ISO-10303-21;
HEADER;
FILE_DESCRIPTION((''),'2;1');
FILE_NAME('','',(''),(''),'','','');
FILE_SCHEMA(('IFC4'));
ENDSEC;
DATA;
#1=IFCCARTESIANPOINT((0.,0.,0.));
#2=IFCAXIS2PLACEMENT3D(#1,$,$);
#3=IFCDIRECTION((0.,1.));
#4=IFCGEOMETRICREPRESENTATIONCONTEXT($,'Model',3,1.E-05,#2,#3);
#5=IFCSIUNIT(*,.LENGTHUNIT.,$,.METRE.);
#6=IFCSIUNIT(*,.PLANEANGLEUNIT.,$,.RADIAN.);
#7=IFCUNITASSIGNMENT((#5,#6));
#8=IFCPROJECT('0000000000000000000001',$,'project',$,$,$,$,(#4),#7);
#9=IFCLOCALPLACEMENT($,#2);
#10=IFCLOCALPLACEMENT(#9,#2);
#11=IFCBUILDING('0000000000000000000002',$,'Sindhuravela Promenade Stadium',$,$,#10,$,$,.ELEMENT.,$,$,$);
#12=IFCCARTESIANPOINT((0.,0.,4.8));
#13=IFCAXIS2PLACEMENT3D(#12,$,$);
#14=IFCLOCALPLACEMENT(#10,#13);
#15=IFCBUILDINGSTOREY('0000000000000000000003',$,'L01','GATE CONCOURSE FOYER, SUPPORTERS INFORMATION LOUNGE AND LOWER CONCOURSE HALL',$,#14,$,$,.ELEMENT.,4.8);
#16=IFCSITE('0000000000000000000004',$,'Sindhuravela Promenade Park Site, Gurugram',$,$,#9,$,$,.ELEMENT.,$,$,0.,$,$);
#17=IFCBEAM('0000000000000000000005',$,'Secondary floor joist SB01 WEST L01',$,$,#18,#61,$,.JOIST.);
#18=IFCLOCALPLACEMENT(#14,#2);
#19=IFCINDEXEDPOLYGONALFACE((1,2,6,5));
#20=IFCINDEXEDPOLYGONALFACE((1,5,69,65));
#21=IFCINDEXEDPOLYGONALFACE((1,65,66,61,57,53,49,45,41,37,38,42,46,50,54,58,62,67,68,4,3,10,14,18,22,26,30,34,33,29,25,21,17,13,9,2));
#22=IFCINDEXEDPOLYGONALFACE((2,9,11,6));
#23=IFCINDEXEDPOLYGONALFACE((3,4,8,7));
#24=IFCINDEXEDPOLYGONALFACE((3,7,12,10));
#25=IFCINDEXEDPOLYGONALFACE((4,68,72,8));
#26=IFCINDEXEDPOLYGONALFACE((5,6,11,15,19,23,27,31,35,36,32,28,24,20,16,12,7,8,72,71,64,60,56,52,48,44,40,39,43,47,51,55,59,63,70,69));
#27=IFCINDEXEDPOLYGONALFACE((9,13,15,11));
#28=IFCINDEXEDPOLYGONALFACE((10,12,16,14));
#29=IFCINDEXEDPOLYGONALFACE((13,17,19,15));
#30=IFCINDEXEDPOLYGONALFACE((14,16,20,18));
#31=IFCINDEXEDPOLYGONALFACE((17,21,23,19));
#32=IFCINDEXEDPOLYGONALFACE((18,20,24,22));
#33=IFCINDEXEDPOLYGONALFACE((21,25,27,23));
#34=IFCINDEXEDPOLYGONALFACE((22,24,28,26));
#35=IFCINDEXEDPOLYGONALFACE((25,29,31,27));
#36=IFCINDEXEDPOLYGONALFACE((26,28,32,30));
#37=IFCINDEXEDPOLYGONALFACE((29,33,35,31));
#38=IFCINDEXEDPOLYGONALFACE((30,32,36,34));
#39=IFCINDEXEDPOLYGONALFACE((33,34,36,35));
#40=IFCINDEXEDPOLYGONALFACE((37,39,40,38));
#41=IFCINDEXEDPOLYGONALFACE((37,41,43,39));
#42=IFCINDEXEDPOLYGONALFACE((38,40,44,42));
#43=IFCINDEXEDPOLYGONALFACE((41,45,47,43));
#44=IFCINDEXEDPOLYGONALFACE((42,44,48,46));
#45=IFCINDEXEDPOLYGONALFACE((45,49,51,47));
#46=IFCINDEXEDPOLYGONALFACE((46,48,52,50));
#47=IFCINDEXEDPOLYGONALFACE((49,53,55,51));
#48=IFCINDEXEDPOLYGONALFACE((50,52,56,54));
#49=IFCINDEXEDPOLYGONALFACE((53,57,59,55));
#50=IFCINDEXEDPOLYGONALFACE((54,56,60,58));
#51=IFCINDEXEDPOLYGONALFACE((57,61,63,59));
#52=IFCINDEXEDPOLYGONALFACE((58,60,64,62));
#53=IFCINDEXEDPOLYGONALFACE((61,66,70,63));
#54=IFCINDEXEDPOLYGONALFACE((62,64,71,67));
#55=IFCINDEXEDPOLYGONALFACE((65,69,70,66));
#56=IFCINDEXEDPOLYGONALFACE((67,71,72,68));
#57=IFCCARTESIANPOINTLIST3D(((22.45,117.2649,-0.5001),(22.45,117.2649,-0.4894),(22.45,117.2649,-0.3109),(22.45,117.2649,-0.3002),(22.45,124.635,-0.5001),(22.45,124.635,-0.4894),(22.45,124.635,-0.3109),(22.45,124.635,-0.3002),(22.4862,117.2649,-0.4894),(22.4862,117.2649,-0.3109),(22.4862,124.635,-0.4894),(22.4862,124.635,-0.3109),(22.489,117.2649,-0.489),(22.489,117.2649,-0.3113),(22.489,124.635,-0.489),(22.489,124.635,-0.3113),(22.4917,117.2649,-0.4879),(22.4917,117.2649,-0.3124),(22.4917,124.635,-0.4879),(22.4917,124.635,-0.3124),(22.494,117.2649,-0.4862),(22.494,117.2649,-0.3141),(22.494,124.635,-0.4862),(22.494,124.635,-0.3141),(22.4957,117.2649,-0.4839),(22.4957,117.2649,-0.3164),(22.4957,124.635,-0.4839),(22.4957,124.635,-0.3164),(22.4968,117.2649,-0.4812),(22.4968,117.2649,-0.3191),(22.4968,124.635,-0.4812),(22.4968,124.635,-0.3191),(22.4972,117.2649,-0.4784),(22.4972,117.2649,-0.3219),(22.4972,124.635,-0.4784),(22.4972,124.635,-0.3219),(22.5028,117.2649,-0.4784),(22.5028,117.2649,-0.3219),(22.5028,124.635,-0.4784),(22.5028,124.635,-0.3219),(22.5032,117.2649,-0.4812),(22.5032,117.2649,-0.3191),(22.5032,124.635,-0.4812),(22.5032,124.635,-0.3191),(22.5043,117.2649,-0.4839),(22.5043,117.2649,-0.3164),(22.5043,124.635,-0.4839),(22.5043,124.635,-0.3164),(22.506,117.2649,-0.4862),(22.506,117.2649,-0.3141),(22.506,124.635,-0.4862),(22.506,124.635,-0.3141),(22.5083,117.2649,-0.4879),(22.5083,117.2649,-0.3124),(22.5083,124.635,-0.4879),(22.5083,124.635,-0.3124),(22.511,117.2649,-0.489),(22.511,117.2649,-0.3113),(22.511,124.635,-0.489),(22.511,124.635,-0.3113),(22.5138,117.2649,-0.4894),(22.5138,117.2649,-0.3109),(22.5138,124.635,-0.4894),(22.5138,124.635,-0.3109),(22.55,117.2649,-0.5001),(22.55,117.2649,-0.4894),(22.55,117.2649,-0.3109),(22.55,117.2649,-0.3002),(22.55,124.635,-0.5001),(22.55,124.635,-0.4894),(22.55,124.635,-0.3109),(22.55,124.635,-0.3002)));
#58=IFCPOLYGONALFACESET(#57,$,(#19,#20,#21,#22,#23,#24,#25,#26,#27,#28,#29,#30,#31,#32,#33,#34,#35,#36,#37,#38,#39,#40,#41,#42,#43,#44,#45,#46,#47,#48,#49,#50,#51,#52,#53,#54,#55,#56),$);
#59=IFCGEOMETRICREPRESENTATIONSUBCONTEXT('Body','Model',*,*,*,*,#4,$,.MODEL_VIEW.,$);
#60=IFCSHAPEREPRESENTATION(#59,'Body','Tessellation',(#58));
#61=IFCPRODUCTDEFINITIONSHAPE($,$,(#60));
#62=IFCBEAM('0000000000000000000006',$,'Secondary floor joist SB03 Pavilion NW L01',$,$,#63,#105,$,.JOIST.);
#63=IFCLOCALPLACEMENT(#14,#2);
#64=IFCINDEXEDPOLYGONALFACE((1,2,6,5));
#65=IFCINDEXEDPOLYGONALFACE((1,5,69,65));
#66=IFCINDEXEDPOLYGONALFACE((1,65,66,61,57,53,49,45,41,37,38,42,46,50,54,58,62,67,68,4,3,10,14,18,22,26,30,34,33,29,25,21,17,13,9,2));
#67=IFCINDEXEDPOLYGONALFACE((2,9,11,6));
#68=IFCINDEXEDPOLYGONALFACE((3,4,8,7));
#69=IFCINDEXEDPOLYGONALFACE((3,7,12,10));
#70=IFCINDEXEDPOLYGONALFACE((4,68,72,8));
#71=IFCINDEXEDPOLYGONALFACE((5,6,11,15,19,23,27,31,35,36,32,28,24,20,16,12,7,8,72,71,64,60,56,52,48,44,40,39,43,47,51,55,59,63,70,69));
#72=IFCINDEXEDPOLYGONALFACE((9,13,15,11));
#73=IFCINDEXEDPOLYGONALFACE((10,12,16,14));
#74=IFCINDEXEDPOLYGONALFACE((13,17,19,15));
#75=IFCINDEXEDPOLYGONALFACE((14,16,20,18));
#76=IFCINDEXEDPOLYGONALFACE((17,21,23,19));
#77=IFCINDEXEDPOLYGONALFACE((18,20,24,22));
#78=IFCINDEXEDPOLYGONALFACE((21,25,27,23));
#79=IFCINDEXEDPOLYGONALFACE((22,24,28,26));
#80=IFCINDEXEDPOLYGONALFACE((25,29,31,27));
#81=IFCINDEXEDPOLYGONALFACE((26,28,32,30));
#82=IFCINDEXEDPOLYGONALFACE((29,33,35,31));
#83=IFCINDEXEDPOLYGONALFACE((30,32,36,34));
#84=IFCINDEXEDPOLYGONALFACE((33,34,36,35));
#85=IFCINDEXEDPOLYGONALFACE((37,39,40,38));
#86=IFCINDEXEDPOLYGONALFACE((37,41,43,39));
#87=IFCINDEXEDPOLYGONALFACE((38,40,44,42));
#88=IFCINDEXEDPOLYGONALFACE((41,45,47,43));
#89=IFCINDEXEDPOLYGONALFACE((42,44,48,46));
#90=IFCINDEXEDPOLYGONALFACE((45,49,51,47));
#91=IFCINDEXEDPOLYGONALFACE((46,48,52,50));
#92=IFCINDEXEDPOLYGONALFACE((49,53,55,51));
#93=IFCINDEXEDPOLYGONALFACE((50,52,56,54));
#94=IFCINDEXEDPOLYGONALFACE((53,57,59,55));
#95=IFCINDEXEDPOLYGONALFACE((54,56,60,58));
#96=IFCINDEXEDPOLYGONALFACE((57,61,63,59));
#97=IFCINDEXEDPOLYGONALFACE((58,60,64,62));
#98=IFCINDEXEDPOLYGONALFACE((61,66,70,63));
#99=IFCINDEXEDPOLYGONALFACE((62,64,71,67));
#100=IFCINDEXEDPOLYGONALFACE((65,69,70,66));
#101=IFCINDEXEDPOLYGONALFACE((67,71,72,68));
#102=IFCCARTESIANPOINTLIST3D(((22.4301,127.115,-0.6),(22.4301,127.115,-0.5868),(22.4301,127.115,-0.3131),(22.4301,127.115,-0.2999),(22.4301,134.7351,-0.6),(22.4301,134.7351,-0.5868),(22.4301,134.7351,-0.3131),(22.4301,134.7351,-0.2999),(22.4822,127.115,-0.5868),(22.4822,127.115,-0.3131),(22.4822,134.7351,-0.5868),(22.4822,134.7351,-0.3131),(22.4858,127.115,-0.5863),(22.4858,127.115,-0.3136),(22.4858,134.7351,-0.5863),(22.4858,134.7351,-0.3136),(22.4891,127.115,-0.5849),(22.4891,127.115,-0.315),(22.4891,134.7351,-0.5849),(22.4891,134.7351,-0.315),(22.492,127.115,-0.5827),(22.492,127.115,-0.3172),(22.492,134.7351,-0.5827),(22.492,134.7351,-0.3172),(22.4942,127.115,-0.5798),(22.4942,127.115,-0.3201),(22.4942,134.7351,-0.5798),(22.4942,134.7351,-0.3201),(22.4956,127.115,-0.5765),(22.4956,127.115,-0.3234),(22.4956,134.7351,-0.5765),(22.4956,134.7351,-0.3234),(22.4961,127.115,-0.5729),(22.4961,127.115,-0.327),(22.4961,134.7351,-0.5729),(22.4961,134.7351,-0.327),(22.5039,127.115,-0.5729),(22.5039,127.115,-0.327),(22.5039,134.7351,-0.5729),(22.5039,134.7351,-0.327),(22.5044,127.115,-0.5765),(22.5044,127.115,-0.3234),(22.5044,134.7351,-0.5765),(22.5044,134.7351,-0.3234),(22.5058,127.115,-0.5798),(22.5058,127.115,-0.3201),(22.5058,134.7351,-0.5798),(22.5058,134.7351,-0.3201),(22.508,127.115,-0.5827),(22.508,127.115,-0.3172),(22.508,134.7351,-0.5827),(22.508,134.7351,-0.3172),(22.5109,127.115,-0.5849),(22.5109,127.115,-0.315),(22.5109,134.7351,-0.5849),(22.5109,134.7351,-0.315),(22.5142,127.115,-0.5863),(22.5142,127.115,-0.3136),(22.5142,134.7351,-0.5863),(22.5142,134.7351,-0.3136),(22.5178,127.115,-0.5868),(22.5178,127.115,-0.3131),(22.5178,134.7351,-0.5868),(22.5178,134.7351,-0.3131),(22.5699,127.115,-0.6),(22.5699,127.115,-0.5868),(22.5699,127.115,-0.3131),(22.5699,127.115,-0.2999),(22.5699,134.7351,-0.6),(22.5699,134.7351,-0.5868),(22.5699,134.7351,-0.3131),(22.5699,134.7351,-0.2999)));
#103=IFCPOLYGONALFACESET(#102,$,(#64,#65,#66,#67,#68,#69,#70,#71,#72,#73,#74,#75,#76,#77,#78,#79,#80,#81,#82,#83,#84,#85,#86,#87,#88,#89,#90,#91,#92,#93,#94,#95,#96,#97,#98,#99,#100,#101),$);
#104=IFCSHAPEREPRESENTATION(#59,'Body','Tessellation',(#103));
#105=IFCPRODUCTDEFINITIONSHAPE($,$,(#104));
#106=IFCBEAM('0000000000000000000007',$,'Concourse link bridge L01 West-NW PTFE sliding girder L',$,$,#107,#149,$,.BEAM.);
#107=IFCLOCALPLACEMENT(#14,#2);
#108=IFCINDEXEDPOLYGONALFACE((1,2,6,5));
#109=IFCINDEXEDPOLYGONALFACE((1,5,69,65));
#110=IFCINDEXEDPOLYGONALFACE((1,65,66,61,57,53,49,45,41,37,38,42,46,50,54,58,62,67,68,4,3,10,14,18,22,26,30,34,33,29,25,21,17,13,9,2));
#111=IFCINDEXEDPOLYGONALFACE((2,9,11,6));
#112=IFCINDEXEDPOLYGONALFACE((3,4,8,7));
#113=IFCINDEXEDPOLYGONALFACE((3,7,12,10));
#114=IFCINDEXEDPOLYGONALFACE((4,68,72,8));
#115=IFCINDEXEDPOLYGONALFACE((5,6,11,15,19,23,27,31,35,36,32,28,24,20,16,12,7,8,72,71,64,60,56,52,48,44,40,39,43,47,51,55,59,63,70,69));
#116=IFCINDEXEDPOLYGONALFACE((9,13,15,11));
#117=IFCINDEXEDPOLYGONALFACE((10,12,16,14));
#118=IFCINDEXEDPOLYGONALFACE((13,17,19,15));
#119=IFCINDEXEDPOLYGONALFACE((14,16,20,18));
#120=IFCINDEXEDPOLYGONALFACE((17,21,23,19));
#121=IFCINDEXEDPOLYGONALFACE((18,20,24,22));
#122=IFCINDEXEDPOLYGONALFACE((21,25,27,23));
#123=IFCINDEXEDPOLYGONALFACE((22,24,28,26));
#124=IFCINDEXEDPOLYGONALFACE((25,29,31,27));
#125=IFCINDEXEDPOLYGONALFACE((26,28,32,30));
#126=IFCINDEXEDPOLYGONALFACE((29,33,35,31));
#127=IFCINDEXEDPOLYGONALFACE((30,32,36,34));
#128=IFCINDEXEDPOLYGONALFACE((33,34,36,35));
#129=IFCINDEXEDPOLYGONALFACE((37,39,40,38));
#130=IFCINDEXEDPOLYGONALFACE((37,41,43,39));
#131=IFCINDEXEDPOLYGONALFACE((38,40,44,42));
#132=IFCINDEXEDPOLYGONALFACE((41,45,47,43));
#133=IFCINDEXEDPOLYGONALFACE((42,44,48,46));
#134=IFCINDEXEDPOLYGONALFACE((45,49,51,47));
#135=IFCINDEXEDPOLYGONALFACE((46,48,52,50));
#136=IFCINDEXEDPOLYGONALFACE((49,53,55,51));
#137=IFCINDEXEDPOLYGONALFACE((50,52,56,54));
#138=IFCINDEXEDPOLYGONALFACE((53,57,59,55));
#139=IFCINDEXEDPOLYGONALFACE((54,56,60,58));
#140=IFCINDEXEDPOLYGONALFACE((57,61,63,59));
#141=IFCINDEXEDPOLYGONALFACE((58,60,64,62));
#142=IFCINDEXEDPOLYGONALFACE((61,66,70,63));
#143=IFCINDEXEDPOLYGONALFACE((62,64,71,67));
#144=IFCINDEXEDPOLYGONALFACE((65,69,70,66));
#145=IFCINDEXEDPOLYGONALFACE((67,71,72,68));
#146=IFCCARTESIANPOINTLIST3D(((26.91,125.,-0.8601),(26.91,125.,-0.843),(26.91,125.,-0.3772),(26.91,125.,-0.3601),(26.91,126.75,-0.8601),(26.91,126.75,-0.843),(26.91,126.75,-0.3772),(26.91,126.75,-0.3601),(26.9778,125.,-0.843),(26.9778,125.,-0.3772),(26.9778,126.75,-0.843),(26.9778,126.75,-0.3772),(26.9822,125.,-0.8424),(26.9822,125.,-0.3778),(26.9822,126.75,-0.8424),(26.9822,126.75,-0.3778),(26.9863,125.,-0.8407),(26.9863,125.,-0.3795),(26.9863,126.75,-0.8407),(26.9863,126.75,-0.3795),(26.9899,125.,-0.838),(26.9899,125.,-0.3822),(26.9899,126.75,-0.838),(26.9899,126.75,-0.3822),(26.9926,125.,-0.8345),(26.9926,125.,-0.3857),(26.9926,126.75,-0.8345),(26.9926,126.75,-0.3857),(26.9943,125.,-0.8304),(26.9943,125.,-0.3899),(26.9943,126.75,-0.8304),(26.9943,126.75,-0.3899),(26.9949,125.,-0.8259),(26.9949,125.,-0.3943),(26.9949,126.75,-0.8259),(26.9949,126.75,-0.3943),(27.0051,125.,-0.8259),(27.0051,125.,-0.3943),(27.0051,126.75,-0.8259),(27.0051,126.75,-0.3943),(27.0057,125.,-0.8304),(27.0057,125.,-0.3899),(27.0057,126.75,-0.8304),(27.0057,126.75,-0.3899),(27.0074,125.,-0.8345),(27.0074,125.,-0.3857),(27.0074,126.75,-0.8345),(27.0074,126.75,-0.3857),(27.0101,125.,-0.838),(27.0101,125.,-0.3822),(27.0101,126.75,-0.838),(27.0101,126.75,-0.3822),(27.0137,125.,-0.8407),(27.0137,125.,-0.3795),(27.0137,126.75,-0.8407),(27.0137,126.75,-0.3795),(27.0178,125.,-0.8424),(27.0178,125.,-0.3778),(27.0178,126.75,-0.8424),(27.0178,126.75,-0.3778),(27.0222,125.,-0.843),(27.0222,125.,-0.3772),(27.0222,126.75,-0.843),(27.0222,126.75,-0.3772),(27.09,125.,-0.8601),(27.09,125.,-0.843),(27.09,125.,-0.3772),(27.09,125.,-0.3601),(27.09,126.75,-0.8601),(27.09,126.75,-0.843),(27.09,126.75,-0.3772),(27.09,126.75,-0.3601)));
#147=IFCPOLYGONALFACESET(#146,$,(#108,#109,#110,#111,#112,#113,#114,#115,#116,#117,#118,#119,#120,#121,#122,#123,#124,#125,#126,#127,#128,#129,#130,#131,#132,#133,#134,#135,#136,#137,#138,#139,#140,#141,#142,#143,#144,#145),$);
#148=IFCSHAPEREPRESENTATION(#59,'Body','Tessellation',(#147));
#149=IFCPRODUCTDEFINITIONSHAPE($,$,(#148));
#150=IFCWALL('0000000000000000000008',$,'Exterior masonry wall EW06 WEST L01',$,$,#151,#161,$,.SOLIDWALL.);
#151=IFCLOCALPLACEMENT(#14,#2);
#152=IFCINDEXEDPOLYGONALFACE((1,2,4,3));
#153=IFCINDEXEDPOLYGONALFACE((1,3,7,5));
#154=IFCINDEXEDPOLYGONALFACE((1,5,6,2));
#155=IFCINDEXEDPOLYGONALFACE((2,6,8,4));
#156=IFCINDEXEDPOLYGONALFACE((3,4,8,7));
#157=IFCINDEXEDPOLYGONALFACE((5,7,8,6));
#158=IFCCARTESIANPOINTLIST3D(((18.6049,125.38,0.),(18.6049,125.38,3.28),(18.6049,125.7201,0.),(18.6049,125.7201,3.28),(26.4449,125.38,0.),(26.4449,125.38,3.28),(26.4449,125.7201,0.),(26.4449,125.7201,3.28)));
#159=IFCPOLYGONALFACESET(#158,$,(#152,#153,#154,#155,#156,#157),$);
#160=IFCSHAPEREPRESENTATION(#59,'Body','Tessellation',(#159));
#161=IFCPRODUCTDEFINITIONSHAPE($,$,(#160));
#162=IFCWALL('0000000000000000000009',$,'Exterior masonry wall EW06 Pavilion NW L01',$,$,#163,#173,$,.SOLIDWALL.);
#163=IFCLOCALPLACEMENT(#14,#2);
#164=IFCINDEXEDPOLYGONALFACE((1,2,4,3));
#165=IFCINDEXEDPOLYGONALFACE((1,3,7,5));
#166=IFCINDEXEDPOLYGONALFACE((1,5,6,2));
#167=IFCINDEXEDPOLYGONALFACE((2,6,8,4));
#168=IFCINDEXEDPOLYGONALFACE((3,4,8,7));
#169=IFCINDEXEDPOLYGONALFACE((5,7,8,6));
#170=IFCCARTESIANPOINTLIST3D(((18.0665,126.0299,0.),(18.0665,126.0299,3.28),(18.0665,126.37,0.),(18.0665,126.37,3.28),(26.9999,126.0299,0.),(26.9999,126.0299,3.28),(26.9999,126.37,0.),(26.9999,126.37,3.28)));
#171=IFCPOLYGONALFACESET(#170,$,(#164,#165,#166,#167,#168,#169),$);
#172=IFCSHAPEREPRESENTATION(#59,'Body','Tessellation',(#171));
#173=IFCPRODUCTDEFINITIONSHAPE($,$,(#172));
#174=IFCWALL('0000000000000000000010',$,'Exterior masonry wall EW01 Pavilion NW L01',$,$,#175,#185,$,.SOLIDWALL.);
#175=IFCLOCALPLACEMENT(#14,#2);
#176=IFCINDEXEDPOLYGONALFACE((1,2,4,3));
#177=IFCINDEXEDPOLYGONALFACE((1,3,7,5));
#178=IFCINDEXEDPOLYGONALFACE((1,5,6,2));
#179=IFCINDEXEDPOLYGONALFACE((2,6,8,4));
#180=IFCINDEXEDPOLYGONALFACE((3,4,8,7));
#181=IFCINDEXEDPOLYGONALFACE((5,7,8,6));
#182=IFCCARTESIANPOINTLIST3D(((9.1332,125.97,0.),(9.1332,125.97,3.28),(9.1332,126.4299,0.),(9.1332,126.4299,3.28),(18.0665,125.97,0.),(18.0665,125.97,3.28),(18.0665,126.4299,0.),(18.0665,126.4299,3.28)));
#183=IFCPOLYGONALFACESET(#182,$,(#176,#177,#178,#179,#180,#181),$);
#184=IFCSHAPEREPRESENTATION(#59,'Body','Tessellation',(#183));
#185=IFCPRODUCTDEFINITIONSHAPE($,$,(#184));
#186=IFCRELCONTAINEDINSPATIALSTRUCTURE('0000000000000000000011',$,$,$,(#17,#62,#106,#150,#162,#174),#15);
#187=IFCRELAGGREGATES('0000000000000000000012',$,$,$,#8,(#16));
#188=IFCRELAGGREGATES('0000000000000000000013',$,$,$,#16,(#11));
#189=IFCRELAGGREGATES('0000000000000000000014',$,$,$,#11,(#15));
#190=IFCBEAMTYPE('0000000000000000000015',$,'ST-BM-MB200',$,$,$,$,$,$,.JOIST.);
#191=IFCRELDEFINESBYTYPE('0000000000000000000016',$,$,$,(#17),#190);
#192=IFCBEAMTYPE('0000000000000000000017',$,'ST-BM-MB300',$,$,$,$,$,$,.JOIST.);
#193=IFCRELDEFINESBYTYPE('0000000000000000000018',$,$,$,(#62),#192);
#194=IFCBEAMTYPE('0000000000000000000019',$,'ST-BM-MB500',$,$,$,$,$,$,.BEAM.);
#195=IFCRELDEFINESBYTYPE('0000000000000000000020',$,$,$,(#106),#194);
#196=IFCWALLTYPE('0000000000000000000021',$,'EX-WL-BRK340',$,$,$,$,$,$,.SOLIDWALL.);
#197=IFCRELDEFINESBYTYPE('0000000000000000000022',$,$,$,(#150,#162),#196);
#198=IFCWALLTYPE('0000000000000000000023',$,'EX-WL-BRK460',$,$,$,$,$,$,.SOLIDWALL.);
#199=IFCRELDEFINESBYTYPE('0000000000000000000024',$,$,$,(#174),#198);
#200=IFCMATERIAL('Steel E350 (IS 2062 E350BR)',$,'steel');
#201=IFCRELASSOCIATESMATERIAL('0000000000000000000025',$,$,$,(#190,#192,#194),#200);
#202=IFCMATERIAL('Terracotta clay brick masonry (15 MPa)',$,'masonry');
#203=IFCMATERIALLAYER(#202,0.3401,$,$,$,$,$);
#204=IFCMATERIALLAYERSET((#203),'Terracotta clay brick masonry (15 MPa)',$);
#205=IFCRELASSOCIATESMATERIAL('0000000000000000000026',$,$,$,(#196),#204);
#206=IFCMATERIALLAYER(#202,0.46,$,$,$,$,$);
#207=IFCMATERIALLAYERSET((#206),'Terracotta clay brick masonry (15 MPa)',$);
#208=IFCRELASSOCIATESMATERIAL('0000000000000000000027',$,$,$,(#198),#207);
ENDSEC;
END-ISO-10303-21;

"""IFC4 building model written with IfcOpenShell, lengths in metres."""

from ifc_helpers import new_model, si_unit, direction, frame, frame_2d, origin, origin_2d, place, context, subcontext, project, spatial, rectangle, i_section, extrude, material, layer, layer_set, material_profile, profile_set, type_object, element, save


model = new_model("IFC4")

# Units and contexts
model_context = context("Model", 3, precision=1e-05, world=origin(), true_north=direction((0.0, 1.0)))
body_context = subcontext(model_context, "Body", "Model", "MODEL_VIEW")
ifc_project = project(units=[si_unit("LENGTHUNIT", "METRE"), si_unit("PLANEANGLEUNIT", "RADIAN")], contexts=[model_context])

# Site, building, storey
site_placement = place(None, origin())
site = spatial("IfcSite", under=ifc_project, at=site_placement, Name="Sindhuravela Promenade Park Site, Gurugram", CompositionType="ELEMENT", RefElevation=0.0)
building_placement = place(site_placement, origin())
building = spatial("IfcBuilding", under=site, at=building_placement, Name="Sindhuravela Promenade Stadium", CompositionType="ELEMENT")
storey_placement = place(building_placement, frame((0.0, 0.0, 4.8)))
storey = spatial("IfcBuildingStorey", under=building, at=storey_placement, Name="L01", Description="GATE CONCOURSE FOYER, SUPPORTERS INFORMATION LOUNGE AND LOWER CONCOURSE HALL", CompositionType="ELEMENT", Elevation=4.8)

# Beams
ifc_material_1 = material(Name="Steel E350 (IS 2062 E350BR)", Category="steel")
ifc_material_profile_1 = material_profile(ifc_material_1, i_section(OverallWidth=0.1001, OverallDepth=0.2, WebThickness=0.0056, FlangeThickness=0.0107, FilletRadius=0.011, at=origin_2d()), Name="ISMB 200")
ifc_profile_set_1 = profile_set([ifc_material_profile_1], Name="Steel E350 (IS 2062 E350BR)")
beam_type_1 = type_object("IfcBeamType", Name="ST-BM-MB200", PredefinedType="JOIST", material=ifc_profile_set_1)
beam_1_placement = place(storey_placement, frame((22.5, 117.2649, -0.4001), z_axis=(0.0, 1.0, 0.0), x_axis=(-1.0, 0.0, 0.0)))
element("IfcBeam", 1, at=beam_1_placement, inside=storey, type_object=beam_type_1, Name="Secondary floor joist SB01 WEST L01", PredefinedType="JOIST", context=body_context, shape_type="SweptSolid", body=[
    extrude(i_section(OverallWidth=0.1001, OverallDepth=0.2, WebThickness=0.0056, FlangeThickness=0.0107, FilletRadius=0.011, at=origin_2d()), origin(), (0.0, 0.0, 1.0), 7.3701),
])
ifc_material_profile_2 = material_profile(ifc_material_1, i_section(OverallWidth=0.1399, OverallDepth=0.3, WebThickness=0.0078, FlangeThickness=0.0132, FilletRadius=0.0139, at=origin_2d()), Name="ISMB 300")
ifc_profile_set_2 = profile_set([ifc_material_profile_2], Name="Steel E350 (IS 2062 E350BR)")
beam_type_2 = type_object("IfcBeamType", Name="ST-BM-MB300", PredefinedType="JOIST", material=ifc_profile_set_2)
beam_2_placement = place(storey_placement, frame((22.5, 127.115, -0.45), z_axis=(0.0, 1.0, 0.0), x_axis=(-1.0, 0.0, 0.0)))
element("IfcBeam", 2, at=beam_2_placement, inside=storey, type_object=beam_type_2, Name="Secondary floor joist SB03 Pavilion NW L01", PredefinedType="JOIST", context=body_context, shape_type="SweptSolid", body=[
    extrude(i_section(OverallWidth=0.1399, OverallDepth=0.3, WebThickness=0.0078, FlangeThickness=0.0132, FilletRadius=0.0139, at=origin_2d()), origin(), (0.0, 0.0, 1.0), 7.6201),
])
ifc_material_profile_3 = material_profile(ifc_material_1, i_section(OverallWidth=0.1799, OverallDepth=0.5, WebThickness=0.0103, FlangeThickness=0.0171, FilletRadius=0.0171, at=origin_2d()), Name="ISMB 500")
ifc_profile_set_3 = profile_set([ifc_material_profile_3], Name="Steel E350 (IS 2062 E350BR)")
beam_type_3 = type_object("IfcBeamType", Name="ST-BM-MB500", PredefinedType="BEAM", material=ifc_profile_set_3)
beam_3_placement = place(storey_placement, frame((27.0, 125.0, -0.6101), z_axis=(0.0, 1.0, 0.0), x_axis=(-1.0, 0.0, 0.0)))
element("IfcBeam", 3, at=beam_3_placement, inside=storey, type_object=beam_type_3, Name="Concourse link bridge L01 West-NW PTFE sliding girder L", PredefinedType="BEAM", context=body_context, shape_type="SweptSolid", body=[
    extrude(i_section(OverallWidth=0.1799, OverallDepth=0.5, WebThickness=0.0103, FlangeThickness=0.0171, FilletRadius=0.0171, at=origin_2d()), origin(), (0.0, 0.0, 1.0), 1.75),
])

# Walls
ifc_material_2 = material(Name="Terracotta clay brick masonry (15 MPa)", Category="masonry")
ifc_layer_1 = layer(ifc_material_2, 0.3401)
ifc_layer_set_1 = layer_set([ifc_layer_1], Name="Terracotta clay brick masonry (15 MPa)")
wall_type_1 = type_object("IfcWallType", Name="EX-WL-BRK340", PredefinedType="SOLIDWALL", material=ifc_layer_set_1)
wall_1_placement = place(storey_placement, frame((18.605, 125.55, 0.0), z_axis=(0.0, 0.0, 1.0), x_axis=(1.0, 0.0, 0.0)))
element("IfcWall", 4, at=wall_1_placement, inside=storey, type_object=wall_type_1, Name="Exterior masonry wall EW06 WEST L01", PredefinedType="SOLIDWALL", context=body_context, shape_type="SweptSolid", body=[
    extrude(rectangle(XDim=7.8401, YDim=0.3401, at=frame_2d((3.9199, 0.0))), origin(), (0.0, 0.0, 1.0), 3.28),
])
wall_2_placement = place(storey_placement, frame((27.0, 126.2, 0.0), z_axis=(0.0, 0.0, 1.0), x_axis=(-1.0, 0.0, 0.0)))
element("IfcWall", 5, at=wall_2_placement, inside=storey, type_object=wall_type_1, Name="Exterior masonry wall EW06 Pavilion NW L01", PredefinedType="SOLIDWALL", context=body_context, shape_type="SweptSolid", body=[
    extrude(rectangle(XDim=8.9333, YDim=0.3401, at=frame_2d((4.4668, 0.0))), origin(), (0.0, 0.0, 1.0), 3.28),
])
ifc_layer_2 = layer(ifc_material_2, 0.46)
ifc_layer_set_2 = layer_set([ifc_layer_2], Name="Terracotta clay brick masonry (15 MPa)")
wall_type_2 = type_object("IfcWallType", Name="EX-WL-BRK460", PredefinedType="SOLIDWALL", material=ifc_layer_set_2)
wall_3_placement = place(storey_placement, frame((18.0667, 126.2, 0.0), z_axis=(0.0, 0.0, 1.0), x_axis=(-1.0, 0.0, 0.0)))
element("IfcWall", 6, at=wall_3_placement, inside=storey, type_object=wall_type_2, Name="Exterior masonry wall EW01 Pavilion NW L01", PredefinedType="SOLIDWALL", context=body_context, shape_type="SweptSolid", body=[
    extrude(rectangle(XDim=8.9333, YDim=0.46, at=frame_2d((4.4668, 0.0))), origin(), (0.0, 0.0, 1.0), 3.28),
])

save(model, "model.ifc")
